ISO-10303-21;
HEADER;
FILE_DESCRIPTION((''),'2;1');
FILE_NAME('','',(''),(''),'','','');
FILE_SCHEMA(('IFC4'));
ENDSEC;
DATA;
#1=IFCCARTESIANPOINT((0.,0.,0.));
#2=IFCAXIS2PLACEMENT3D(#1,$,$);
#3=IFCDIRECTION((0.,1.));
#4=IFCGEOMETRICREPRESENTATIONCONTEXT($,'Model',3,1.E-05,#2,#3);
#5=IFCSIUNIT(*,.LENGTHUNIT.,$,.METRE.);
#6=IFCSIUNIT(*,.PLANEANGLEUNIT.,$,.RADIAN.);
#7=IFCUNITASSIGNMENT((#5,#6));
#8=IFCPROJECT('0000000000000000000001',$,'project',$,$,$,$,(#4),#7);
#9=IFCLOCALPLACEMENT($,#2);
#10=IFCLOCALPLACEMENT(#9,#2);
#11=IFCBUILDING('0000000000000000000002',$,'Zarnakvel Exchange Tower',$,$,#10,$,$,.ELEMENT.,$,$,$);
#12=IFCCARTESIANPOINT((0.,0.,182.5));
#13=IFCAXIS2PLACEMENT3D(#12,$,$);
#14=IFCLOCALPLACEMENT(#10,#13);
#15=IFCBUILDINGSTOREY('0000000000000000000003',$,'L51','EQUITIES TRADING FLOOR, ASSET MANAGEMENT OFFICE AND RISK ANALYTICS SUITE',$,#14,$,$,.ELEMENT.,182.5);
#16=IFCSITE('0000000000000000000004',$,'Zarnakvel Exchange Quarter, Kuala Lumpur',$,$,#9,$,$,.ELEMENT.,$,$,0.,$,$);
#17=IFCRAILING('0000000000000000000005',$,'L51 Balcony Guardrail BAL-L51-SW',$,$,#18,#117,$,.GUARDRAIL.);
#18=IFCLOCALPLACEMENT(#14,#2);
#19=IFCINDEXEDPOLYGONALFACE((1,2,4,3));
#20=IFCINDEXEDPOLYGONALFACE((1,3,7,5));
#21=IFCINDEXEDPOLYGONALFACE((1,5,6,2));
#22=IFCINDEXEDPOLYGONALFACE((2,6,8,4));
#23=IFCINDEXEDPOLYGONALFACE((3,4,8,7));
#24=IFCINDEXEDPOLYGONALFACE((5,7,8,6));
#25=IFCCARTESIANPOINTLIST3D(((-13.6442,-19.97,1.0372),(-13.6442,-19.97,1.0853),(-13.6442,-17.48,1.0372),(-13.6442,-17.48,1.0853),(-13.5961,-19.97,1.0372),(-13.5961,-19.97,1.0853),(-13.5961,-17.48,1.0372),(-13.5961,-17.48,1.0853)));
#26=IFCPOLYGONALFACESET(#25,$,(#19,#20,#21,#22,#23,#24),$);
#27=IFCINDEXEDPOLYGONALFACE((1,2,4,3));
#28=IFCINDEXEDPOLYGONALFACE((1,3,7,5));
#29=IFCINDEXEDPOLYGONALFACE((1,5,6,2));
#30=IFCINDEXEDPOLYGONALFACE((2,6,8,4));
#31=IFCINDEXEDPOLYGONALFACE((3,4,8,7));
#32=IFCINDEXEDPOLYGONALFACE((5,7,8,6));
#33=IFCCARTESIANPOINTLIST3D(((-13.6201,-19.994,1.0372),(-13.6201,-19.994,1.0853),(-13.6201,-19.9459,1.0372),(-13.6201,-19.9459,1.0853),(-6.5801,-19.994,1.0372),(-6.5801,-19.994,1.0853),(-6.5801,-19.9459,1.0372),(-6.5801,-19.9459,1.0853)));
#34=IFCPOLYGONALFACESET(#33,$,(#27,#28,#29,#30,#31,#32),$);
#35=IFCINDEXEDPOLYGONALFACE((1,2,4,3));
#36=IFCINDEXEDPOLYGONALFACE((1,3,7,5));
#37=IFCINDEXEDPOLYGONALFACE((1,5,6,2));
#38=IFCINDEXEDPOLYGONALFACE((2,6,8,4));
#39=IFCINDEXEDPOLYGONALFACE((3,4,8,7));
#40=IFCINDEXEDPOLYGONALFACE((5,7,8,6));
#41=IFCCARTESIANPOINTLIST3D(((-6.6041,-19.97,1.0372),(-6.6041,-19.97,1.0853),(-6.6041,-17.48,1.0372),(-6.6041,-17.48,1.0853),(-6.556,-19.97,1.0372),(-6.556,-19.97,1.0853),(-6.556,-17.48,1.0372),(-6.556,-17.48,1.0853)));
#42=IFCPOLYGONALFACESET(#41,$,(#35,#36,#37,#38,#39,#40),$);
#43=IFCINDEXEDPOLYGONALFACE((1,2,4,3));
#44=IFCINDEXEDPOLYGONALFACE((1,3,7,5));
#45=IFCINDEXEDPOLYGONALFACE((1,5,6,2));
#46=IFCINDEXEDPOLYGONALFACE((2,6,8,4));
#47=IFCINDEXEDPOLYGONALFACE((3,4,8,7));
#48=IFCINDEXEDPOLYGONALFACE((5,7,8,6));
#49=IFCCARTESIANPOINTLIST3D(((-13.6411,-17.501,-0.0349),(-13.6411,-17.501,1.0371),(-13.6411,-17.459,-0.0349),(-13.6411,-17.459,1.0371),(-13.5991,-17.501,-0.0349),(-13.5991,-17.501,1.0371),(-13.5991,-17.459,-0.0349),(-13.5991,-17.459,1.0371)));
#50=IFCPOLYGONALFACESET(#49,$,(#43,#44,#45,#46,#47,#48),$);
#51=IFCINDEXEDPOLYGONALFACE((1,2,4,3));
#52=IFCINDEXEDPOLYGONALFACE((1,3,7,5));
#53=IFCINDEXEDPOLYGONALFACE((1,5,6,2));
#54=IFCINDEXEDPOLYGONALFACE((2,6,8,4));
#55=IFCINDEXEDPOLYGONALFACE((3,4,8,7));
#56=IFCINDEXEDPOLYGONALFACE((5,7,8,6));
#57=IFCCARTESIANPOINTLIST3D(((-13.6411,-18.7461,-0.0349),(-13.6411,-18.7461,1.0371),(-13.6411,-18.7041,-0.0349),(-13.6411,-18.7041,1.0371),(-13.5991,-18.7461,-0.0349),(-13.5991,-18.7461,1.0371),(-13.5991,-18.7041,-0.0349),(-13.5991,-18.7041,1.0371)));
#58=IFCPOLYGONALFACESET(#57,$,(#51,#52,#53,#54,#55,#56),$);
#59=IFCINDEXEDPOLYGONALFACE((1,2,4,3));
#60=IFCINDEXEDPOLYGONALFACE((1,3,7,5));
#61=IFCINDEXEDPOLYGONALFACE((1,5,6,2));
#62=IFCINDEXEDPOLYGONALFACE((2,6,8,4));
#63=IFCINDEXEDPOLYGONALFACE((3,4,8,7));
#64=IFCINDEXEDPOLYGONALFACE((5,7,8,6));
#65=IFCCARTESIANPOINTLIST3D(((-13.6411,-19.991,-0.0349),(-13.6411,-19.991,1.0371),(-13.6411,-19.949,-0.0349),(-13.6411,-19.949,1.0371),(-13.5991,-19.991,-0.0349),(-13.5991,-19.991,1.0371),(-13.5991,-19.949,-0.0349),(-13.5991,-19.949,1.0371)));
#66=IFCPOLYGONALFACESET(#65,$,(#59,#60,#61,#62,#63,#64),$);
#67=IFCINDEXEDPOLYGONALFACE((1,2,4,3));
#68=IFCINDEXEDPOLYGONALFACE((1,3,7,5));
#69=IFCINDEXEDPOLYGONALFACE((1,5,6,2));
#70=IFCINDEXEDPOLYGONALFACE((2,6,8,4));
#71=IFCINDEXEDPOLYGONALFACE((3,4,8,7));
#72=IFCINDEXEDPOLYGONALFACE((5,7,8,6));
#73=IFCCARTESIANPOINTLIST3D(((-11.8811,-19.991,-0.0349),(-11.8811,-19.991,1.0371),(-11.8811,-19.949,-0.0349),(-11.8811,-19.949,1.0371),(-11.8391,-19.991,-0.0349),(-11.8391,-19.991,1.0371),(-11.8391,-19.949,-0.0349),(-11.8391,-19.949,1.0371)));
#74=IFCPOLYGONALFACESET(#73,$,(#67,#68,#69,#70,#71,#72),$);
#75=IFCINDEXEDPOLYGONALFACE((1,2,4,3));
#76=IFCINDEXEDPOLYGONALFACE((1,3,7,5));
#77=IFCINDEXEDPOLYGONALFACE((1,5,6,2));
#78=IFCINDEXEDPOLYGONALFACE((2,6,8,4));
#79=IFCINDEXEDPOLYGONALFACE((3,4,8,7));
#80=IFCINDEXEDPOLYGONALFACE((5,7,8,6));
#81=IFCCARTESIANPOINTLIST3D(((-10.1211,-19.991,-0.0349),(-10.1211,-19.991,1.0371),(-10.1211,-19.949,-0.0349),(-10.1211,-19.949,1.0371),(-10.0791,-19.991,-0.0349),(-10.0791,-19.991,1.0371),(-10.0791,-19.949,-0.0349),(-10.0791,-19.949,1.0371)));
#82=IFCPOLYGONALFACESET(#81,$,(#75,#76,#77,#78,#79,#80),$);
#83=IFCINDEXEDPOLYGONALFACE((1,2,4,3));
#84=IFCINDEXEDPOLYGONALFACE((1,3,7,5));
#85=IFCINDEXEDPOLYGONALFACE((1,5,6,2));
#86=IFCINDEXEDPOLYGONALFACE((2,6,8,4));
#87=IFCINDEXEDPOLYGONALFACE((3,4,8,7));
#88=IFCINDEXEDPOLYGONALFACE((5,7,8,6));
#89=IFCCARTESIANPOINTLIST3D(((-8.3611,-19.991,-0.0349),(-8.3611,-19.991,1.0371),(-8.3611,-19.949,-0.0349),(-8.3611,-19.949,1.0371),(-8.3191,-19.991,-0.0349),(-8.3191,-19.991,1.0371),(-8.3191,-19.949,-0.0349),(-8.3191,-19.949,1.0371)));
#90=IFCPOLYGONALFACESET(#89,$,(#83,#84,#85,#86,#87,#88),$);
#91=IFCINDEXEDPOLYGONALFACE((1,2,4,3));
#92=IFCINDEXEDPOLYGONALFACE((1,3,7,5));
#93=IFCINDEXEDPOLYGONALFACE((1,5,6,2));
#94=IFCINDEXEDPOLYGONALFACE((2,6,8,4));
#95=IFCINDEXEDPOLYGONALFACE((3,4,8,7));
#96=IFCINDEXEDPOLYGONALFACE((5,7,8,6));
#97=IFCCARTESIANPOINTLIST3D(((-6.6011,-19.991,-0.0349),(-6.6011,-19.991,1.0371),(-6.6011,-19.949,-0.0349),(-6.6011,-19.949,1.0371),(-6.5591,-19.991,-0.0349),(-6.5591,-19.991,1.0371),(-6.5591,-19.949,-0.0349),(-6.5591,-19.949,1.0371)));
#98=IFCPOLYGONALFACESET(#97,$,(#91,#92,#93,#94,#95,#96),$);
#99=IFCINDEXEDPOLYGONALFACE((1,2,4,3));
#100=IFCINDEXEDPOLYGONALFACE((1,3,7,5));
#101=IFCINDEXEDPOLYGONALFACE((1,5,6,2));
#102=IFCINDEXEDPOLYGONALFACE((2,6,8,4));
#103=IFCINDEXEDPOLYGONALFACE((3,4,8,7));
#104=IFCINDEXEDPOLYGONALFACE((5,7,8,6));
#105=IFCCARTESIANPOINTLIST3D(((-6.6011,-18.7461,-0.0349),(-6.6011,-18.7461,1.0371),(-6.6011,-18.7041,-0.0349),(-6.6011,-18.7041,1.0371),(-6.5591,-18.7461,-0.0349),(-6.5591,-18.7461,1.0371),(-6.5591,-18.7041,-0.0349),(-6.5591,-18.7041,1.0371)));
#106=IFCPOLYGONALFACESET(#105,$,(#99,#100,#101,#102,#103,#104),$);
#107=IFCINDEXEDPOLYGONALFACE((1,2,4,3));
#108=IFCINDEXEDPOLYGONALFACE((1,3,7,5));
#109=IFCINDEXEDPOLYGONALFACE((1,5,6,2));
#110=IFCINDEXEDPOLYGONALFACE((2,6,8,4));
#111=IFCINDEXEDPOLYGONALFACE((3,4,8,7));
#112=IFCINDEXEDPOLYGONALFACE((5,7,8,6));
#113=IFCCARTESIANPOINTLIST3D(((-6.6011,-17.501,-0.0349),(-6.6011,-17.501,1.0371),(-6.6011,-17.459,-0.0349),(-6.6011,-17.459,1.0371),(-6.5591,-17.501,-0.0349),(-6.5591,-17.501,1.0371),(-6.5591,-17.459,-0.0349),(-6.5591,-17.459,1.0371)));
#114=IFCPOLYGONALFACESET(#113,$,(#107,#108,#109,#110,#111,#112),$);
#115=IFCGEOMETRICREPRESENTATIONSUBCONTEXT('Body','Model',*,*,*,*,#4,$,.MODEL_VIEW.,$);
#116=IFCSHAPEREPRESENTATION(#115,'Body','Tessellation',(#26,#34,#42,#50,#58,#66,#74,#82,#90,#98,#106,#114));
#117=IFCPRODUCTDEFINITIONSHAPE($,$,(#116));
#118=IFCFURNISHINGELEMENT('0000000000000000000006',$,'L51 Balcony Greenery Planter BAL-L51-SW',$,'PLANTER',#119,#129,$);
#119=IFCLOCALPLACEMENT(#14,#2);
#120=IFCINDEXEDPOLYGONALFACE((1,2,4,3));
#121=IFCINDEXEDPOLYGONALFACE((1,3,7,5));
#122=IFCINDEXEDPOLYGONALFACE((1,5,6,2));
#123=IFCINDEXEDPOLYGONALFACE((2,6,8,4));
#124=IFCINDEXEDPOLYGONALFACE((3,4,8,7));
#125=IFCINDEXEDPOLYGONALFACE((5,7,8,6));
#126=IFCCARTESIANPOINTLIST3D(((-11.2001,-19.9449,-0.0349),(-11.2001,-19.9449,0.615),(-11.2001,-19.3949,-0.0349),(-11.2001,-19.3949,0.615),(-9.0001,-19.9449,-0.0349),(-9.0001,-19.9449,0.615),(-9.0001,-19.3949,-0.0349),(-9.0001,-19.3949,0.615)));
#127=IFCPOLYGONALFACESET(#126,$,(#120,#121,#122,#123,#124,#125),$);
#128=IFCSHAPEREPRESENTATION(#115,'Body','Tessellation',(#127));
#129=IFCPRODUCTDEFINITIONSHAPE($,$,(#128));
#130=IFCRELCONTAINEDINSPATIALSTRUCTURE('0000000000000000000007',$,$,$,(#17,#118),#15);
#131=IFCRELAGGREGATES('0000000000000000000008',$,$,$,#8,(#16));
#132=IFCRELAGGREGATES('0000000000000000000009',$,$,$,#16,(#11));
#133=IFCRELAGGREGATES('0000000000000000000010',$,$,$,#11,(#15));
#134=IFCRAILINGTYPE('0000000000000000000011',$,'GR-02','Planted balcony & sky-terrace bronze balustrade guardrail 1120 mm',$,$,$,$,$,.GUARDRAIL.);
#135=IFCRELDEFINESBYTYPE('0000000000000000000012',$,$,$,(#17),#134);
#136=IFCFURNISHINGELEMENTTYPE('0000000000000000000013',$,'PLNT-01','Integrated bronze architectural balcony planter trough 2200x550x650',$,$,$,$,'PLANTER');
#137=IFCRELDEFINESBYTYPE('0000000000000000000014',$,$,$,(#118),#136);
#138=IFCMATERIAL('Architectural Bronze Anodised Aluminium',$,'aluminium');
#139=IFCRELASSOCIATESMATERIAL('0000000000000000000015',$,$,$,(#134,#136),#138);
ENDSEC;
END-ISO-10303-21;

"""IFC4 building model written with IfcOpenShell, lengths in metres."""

from ifc_helpers import new_model, si_unit, direction, frame, origin, origin_2d, place, context, subcontext, project, spatial, rectangle, extrude, source, transform, mapped, material, type_object, element, save


model = new_model("IFC4")

# Units and contexts
model_context = context("Model", 3, precision=1e-05, world=origin(), true_north=direction((0.0, 1.0)))
body_context = subcontext(model_context, "Body", "Model", "MODEL_VIEW")
ifc_project = project(units=[si_unit("LENGTHUNIT", "METRE"), si_unit("PLANEANGLEUNIT", "RADIAN")], contexts=[model_context])

# Site, building, storey
site_placement = place(None, origin())
site = spatial("IfcSite", under=ifc_project, at=site_placement, Name="Zarnakvel Exchange Quarter, Kuala Lumpur", CompositionType="ELEMENT", RefElevation=0.0)
building_placement = place(site_placement, origin())
building = spatial("IfcBuilding", under=site, at=building_placement, Name="Zarnakvel Exchange Tower", CompositionType="ELEMENT")
storey_placement = place(building_placement, frame((0.0, 0.0, 182.5)))
storey = spatial("IfcBuildingStorey", under=building, at=storey_placement, Name="L51", Description="EQUITIES TRADING FLOOR, ASSET MANAGEMENT OFFICE AND RISK ANALYTICS SUITE", CompositionType="ELEMENT", Elevation=182.5)

# Shared definitions
ifc_material_1 = material(Name="Architectural Bronze Anodised Aluminium", Category="aluminium")

# Railing
railing_type = type_object("IfcRailingType", Name="GR-02", Description="Planted balcony & sky-terrace bronze balustrade guardrail 1120 mm", PredefinedType="GUARDRAIL", material=ifc_material_1)
railing_placement = place(storey_placement, frame((-13.6201, -17.48, -0.0349)))
element("IfcRailing", 1, at=railing_placement, inside=storey, type_object=railing_type, Name="L51 Balcony Guardrail BAL-L51-SW", PredefinedType="GUARDRAIL", context=body_context, shape_type="SweptSolid", body=[
    extrude(rectangle(XDim=0.0481, YDim=0.0481, at=origin_2d()), frame((0.0, 0.0, 1.0962), z_axis=(0.0, -1.0, 0.0), x_axis=(1.0, 0.0, 0.0)), (0.0, 0.0, 1.0), 2.49),
    extrude(rectangle(XDim=0.0481, YDim=0.0481, at=origin_2d()), frame((0.0, -2.49, 1.0962), z_axis=(1.0, 0.0, 0.0), x_axis=(0.0, 1.0, 0.0)), (0.0, 0.0, 1.0), 7.04),
    extrude(rectangle(XDim=0.0481, YDim=0.0481, at=origin_2d()), frame((7.04, -2.49, 1.0962), z_axis=(0.0, 1.0, 0.0), x_axis=(-1.0, 0.0, 0.0)), (0.0, 0.0, 1.0), 2.49),
    extrude(rectangle(XDim=0.042, YDim=0.042, at=origin_2d()), origin(), (0.0, 0.0, 1.0), 1.072),
    extrude(rectangle(XDim=0.042, YDim=0.042, at=origin_2d()), frame((0.0, -1.2451, 0.0)), (0.0, 0.0, 1.0), 1.072),
    extrude(rectangle(XDim=0.042, YDim=0.042, at=origin_2d()), frame((0.0, -2.49, 0.0)), (0.0, 0.0, 1.0), 1.072),
    extrude(rectangle(XDim=0.042, YDim=0.042, at=origin_2d()), frame((1.76, -2.49, 0.0)), (0.0, 0.0, 1.0), 1.072),
    extrude(rectangle(XDim=0.042, YDim=0.042, at=origin_2d()), frame((3.52, -2.49, 0.0)), (0.0, 0.0, 1.0), 1.072),
    extrude(rectangle(XDim=0.042, YDim=0.042, at=origin_2d()), frame((5.28, -2.49, 0.0)), (0.0, 0.0, 1.0), 1.072),
    extrude(rectangle(XDim=0.042, YDim=0.042, at=origin_2d()), frame((7.04, -2.49, 0.0)), (0.0, 0.0, 1.0), 1.072),
    extrude(rectangle(XDim=0.042, YDim=0.042, at=origin_2d()), frame((7.04, -1.2451, 0.0)), (0.0, 0.0, 1.0), 1.072),
    extrude(rectangle(XDim=0.042, YDim=0.042, at=origin_2d()), frame((7.04, 0.0, 0.0)), (0.0, 0.0, 1.0), 1.072),
])

# Furnishing element
furnishing_element_type = type_object("IfcFurnishingElementType", Name="PLNT-01", Description="Integrated bronze architectural balcony planter trough 2200x550x650", ElementType="PLANTER", material=ifc_material_1)
shared_shape_1 = source(origin(), body_context, "Body", "SweptSolid", [
    extrude(rectangle(XDim=2.2, YDim=0.55, at=origin_2d()), origin(), (0.0, 0.0, 1.0), 0.6499),
])
furnishing_placement = place(storey_placement, frame((-10.1001, -19.6699, -0.0349), z_axis=(0.0, 0.0, 1.0), x_axis=(1.0, 0.0, 0.0)))
element("IfcFurnishingElement", 2, at=furnishing_placement, inside=storey, type_object=furnishing_element_type, Name="L51 Balcony Greenery Planter BAL-L51-SW", ObjectType="PLANTER", context=body_context, shape_type="MappedRepresentation", body=[
    mapped(shared_shape_1, transform((0.0, 0.0, 0.0), x_axis=(1.0, 0.0, 0.0), y_axis=(0.0, 1.0, 0.0), z_axis=(0.0, 0.0, 1.0), scale=1.0)),
])

save(model, "model.ifc")
